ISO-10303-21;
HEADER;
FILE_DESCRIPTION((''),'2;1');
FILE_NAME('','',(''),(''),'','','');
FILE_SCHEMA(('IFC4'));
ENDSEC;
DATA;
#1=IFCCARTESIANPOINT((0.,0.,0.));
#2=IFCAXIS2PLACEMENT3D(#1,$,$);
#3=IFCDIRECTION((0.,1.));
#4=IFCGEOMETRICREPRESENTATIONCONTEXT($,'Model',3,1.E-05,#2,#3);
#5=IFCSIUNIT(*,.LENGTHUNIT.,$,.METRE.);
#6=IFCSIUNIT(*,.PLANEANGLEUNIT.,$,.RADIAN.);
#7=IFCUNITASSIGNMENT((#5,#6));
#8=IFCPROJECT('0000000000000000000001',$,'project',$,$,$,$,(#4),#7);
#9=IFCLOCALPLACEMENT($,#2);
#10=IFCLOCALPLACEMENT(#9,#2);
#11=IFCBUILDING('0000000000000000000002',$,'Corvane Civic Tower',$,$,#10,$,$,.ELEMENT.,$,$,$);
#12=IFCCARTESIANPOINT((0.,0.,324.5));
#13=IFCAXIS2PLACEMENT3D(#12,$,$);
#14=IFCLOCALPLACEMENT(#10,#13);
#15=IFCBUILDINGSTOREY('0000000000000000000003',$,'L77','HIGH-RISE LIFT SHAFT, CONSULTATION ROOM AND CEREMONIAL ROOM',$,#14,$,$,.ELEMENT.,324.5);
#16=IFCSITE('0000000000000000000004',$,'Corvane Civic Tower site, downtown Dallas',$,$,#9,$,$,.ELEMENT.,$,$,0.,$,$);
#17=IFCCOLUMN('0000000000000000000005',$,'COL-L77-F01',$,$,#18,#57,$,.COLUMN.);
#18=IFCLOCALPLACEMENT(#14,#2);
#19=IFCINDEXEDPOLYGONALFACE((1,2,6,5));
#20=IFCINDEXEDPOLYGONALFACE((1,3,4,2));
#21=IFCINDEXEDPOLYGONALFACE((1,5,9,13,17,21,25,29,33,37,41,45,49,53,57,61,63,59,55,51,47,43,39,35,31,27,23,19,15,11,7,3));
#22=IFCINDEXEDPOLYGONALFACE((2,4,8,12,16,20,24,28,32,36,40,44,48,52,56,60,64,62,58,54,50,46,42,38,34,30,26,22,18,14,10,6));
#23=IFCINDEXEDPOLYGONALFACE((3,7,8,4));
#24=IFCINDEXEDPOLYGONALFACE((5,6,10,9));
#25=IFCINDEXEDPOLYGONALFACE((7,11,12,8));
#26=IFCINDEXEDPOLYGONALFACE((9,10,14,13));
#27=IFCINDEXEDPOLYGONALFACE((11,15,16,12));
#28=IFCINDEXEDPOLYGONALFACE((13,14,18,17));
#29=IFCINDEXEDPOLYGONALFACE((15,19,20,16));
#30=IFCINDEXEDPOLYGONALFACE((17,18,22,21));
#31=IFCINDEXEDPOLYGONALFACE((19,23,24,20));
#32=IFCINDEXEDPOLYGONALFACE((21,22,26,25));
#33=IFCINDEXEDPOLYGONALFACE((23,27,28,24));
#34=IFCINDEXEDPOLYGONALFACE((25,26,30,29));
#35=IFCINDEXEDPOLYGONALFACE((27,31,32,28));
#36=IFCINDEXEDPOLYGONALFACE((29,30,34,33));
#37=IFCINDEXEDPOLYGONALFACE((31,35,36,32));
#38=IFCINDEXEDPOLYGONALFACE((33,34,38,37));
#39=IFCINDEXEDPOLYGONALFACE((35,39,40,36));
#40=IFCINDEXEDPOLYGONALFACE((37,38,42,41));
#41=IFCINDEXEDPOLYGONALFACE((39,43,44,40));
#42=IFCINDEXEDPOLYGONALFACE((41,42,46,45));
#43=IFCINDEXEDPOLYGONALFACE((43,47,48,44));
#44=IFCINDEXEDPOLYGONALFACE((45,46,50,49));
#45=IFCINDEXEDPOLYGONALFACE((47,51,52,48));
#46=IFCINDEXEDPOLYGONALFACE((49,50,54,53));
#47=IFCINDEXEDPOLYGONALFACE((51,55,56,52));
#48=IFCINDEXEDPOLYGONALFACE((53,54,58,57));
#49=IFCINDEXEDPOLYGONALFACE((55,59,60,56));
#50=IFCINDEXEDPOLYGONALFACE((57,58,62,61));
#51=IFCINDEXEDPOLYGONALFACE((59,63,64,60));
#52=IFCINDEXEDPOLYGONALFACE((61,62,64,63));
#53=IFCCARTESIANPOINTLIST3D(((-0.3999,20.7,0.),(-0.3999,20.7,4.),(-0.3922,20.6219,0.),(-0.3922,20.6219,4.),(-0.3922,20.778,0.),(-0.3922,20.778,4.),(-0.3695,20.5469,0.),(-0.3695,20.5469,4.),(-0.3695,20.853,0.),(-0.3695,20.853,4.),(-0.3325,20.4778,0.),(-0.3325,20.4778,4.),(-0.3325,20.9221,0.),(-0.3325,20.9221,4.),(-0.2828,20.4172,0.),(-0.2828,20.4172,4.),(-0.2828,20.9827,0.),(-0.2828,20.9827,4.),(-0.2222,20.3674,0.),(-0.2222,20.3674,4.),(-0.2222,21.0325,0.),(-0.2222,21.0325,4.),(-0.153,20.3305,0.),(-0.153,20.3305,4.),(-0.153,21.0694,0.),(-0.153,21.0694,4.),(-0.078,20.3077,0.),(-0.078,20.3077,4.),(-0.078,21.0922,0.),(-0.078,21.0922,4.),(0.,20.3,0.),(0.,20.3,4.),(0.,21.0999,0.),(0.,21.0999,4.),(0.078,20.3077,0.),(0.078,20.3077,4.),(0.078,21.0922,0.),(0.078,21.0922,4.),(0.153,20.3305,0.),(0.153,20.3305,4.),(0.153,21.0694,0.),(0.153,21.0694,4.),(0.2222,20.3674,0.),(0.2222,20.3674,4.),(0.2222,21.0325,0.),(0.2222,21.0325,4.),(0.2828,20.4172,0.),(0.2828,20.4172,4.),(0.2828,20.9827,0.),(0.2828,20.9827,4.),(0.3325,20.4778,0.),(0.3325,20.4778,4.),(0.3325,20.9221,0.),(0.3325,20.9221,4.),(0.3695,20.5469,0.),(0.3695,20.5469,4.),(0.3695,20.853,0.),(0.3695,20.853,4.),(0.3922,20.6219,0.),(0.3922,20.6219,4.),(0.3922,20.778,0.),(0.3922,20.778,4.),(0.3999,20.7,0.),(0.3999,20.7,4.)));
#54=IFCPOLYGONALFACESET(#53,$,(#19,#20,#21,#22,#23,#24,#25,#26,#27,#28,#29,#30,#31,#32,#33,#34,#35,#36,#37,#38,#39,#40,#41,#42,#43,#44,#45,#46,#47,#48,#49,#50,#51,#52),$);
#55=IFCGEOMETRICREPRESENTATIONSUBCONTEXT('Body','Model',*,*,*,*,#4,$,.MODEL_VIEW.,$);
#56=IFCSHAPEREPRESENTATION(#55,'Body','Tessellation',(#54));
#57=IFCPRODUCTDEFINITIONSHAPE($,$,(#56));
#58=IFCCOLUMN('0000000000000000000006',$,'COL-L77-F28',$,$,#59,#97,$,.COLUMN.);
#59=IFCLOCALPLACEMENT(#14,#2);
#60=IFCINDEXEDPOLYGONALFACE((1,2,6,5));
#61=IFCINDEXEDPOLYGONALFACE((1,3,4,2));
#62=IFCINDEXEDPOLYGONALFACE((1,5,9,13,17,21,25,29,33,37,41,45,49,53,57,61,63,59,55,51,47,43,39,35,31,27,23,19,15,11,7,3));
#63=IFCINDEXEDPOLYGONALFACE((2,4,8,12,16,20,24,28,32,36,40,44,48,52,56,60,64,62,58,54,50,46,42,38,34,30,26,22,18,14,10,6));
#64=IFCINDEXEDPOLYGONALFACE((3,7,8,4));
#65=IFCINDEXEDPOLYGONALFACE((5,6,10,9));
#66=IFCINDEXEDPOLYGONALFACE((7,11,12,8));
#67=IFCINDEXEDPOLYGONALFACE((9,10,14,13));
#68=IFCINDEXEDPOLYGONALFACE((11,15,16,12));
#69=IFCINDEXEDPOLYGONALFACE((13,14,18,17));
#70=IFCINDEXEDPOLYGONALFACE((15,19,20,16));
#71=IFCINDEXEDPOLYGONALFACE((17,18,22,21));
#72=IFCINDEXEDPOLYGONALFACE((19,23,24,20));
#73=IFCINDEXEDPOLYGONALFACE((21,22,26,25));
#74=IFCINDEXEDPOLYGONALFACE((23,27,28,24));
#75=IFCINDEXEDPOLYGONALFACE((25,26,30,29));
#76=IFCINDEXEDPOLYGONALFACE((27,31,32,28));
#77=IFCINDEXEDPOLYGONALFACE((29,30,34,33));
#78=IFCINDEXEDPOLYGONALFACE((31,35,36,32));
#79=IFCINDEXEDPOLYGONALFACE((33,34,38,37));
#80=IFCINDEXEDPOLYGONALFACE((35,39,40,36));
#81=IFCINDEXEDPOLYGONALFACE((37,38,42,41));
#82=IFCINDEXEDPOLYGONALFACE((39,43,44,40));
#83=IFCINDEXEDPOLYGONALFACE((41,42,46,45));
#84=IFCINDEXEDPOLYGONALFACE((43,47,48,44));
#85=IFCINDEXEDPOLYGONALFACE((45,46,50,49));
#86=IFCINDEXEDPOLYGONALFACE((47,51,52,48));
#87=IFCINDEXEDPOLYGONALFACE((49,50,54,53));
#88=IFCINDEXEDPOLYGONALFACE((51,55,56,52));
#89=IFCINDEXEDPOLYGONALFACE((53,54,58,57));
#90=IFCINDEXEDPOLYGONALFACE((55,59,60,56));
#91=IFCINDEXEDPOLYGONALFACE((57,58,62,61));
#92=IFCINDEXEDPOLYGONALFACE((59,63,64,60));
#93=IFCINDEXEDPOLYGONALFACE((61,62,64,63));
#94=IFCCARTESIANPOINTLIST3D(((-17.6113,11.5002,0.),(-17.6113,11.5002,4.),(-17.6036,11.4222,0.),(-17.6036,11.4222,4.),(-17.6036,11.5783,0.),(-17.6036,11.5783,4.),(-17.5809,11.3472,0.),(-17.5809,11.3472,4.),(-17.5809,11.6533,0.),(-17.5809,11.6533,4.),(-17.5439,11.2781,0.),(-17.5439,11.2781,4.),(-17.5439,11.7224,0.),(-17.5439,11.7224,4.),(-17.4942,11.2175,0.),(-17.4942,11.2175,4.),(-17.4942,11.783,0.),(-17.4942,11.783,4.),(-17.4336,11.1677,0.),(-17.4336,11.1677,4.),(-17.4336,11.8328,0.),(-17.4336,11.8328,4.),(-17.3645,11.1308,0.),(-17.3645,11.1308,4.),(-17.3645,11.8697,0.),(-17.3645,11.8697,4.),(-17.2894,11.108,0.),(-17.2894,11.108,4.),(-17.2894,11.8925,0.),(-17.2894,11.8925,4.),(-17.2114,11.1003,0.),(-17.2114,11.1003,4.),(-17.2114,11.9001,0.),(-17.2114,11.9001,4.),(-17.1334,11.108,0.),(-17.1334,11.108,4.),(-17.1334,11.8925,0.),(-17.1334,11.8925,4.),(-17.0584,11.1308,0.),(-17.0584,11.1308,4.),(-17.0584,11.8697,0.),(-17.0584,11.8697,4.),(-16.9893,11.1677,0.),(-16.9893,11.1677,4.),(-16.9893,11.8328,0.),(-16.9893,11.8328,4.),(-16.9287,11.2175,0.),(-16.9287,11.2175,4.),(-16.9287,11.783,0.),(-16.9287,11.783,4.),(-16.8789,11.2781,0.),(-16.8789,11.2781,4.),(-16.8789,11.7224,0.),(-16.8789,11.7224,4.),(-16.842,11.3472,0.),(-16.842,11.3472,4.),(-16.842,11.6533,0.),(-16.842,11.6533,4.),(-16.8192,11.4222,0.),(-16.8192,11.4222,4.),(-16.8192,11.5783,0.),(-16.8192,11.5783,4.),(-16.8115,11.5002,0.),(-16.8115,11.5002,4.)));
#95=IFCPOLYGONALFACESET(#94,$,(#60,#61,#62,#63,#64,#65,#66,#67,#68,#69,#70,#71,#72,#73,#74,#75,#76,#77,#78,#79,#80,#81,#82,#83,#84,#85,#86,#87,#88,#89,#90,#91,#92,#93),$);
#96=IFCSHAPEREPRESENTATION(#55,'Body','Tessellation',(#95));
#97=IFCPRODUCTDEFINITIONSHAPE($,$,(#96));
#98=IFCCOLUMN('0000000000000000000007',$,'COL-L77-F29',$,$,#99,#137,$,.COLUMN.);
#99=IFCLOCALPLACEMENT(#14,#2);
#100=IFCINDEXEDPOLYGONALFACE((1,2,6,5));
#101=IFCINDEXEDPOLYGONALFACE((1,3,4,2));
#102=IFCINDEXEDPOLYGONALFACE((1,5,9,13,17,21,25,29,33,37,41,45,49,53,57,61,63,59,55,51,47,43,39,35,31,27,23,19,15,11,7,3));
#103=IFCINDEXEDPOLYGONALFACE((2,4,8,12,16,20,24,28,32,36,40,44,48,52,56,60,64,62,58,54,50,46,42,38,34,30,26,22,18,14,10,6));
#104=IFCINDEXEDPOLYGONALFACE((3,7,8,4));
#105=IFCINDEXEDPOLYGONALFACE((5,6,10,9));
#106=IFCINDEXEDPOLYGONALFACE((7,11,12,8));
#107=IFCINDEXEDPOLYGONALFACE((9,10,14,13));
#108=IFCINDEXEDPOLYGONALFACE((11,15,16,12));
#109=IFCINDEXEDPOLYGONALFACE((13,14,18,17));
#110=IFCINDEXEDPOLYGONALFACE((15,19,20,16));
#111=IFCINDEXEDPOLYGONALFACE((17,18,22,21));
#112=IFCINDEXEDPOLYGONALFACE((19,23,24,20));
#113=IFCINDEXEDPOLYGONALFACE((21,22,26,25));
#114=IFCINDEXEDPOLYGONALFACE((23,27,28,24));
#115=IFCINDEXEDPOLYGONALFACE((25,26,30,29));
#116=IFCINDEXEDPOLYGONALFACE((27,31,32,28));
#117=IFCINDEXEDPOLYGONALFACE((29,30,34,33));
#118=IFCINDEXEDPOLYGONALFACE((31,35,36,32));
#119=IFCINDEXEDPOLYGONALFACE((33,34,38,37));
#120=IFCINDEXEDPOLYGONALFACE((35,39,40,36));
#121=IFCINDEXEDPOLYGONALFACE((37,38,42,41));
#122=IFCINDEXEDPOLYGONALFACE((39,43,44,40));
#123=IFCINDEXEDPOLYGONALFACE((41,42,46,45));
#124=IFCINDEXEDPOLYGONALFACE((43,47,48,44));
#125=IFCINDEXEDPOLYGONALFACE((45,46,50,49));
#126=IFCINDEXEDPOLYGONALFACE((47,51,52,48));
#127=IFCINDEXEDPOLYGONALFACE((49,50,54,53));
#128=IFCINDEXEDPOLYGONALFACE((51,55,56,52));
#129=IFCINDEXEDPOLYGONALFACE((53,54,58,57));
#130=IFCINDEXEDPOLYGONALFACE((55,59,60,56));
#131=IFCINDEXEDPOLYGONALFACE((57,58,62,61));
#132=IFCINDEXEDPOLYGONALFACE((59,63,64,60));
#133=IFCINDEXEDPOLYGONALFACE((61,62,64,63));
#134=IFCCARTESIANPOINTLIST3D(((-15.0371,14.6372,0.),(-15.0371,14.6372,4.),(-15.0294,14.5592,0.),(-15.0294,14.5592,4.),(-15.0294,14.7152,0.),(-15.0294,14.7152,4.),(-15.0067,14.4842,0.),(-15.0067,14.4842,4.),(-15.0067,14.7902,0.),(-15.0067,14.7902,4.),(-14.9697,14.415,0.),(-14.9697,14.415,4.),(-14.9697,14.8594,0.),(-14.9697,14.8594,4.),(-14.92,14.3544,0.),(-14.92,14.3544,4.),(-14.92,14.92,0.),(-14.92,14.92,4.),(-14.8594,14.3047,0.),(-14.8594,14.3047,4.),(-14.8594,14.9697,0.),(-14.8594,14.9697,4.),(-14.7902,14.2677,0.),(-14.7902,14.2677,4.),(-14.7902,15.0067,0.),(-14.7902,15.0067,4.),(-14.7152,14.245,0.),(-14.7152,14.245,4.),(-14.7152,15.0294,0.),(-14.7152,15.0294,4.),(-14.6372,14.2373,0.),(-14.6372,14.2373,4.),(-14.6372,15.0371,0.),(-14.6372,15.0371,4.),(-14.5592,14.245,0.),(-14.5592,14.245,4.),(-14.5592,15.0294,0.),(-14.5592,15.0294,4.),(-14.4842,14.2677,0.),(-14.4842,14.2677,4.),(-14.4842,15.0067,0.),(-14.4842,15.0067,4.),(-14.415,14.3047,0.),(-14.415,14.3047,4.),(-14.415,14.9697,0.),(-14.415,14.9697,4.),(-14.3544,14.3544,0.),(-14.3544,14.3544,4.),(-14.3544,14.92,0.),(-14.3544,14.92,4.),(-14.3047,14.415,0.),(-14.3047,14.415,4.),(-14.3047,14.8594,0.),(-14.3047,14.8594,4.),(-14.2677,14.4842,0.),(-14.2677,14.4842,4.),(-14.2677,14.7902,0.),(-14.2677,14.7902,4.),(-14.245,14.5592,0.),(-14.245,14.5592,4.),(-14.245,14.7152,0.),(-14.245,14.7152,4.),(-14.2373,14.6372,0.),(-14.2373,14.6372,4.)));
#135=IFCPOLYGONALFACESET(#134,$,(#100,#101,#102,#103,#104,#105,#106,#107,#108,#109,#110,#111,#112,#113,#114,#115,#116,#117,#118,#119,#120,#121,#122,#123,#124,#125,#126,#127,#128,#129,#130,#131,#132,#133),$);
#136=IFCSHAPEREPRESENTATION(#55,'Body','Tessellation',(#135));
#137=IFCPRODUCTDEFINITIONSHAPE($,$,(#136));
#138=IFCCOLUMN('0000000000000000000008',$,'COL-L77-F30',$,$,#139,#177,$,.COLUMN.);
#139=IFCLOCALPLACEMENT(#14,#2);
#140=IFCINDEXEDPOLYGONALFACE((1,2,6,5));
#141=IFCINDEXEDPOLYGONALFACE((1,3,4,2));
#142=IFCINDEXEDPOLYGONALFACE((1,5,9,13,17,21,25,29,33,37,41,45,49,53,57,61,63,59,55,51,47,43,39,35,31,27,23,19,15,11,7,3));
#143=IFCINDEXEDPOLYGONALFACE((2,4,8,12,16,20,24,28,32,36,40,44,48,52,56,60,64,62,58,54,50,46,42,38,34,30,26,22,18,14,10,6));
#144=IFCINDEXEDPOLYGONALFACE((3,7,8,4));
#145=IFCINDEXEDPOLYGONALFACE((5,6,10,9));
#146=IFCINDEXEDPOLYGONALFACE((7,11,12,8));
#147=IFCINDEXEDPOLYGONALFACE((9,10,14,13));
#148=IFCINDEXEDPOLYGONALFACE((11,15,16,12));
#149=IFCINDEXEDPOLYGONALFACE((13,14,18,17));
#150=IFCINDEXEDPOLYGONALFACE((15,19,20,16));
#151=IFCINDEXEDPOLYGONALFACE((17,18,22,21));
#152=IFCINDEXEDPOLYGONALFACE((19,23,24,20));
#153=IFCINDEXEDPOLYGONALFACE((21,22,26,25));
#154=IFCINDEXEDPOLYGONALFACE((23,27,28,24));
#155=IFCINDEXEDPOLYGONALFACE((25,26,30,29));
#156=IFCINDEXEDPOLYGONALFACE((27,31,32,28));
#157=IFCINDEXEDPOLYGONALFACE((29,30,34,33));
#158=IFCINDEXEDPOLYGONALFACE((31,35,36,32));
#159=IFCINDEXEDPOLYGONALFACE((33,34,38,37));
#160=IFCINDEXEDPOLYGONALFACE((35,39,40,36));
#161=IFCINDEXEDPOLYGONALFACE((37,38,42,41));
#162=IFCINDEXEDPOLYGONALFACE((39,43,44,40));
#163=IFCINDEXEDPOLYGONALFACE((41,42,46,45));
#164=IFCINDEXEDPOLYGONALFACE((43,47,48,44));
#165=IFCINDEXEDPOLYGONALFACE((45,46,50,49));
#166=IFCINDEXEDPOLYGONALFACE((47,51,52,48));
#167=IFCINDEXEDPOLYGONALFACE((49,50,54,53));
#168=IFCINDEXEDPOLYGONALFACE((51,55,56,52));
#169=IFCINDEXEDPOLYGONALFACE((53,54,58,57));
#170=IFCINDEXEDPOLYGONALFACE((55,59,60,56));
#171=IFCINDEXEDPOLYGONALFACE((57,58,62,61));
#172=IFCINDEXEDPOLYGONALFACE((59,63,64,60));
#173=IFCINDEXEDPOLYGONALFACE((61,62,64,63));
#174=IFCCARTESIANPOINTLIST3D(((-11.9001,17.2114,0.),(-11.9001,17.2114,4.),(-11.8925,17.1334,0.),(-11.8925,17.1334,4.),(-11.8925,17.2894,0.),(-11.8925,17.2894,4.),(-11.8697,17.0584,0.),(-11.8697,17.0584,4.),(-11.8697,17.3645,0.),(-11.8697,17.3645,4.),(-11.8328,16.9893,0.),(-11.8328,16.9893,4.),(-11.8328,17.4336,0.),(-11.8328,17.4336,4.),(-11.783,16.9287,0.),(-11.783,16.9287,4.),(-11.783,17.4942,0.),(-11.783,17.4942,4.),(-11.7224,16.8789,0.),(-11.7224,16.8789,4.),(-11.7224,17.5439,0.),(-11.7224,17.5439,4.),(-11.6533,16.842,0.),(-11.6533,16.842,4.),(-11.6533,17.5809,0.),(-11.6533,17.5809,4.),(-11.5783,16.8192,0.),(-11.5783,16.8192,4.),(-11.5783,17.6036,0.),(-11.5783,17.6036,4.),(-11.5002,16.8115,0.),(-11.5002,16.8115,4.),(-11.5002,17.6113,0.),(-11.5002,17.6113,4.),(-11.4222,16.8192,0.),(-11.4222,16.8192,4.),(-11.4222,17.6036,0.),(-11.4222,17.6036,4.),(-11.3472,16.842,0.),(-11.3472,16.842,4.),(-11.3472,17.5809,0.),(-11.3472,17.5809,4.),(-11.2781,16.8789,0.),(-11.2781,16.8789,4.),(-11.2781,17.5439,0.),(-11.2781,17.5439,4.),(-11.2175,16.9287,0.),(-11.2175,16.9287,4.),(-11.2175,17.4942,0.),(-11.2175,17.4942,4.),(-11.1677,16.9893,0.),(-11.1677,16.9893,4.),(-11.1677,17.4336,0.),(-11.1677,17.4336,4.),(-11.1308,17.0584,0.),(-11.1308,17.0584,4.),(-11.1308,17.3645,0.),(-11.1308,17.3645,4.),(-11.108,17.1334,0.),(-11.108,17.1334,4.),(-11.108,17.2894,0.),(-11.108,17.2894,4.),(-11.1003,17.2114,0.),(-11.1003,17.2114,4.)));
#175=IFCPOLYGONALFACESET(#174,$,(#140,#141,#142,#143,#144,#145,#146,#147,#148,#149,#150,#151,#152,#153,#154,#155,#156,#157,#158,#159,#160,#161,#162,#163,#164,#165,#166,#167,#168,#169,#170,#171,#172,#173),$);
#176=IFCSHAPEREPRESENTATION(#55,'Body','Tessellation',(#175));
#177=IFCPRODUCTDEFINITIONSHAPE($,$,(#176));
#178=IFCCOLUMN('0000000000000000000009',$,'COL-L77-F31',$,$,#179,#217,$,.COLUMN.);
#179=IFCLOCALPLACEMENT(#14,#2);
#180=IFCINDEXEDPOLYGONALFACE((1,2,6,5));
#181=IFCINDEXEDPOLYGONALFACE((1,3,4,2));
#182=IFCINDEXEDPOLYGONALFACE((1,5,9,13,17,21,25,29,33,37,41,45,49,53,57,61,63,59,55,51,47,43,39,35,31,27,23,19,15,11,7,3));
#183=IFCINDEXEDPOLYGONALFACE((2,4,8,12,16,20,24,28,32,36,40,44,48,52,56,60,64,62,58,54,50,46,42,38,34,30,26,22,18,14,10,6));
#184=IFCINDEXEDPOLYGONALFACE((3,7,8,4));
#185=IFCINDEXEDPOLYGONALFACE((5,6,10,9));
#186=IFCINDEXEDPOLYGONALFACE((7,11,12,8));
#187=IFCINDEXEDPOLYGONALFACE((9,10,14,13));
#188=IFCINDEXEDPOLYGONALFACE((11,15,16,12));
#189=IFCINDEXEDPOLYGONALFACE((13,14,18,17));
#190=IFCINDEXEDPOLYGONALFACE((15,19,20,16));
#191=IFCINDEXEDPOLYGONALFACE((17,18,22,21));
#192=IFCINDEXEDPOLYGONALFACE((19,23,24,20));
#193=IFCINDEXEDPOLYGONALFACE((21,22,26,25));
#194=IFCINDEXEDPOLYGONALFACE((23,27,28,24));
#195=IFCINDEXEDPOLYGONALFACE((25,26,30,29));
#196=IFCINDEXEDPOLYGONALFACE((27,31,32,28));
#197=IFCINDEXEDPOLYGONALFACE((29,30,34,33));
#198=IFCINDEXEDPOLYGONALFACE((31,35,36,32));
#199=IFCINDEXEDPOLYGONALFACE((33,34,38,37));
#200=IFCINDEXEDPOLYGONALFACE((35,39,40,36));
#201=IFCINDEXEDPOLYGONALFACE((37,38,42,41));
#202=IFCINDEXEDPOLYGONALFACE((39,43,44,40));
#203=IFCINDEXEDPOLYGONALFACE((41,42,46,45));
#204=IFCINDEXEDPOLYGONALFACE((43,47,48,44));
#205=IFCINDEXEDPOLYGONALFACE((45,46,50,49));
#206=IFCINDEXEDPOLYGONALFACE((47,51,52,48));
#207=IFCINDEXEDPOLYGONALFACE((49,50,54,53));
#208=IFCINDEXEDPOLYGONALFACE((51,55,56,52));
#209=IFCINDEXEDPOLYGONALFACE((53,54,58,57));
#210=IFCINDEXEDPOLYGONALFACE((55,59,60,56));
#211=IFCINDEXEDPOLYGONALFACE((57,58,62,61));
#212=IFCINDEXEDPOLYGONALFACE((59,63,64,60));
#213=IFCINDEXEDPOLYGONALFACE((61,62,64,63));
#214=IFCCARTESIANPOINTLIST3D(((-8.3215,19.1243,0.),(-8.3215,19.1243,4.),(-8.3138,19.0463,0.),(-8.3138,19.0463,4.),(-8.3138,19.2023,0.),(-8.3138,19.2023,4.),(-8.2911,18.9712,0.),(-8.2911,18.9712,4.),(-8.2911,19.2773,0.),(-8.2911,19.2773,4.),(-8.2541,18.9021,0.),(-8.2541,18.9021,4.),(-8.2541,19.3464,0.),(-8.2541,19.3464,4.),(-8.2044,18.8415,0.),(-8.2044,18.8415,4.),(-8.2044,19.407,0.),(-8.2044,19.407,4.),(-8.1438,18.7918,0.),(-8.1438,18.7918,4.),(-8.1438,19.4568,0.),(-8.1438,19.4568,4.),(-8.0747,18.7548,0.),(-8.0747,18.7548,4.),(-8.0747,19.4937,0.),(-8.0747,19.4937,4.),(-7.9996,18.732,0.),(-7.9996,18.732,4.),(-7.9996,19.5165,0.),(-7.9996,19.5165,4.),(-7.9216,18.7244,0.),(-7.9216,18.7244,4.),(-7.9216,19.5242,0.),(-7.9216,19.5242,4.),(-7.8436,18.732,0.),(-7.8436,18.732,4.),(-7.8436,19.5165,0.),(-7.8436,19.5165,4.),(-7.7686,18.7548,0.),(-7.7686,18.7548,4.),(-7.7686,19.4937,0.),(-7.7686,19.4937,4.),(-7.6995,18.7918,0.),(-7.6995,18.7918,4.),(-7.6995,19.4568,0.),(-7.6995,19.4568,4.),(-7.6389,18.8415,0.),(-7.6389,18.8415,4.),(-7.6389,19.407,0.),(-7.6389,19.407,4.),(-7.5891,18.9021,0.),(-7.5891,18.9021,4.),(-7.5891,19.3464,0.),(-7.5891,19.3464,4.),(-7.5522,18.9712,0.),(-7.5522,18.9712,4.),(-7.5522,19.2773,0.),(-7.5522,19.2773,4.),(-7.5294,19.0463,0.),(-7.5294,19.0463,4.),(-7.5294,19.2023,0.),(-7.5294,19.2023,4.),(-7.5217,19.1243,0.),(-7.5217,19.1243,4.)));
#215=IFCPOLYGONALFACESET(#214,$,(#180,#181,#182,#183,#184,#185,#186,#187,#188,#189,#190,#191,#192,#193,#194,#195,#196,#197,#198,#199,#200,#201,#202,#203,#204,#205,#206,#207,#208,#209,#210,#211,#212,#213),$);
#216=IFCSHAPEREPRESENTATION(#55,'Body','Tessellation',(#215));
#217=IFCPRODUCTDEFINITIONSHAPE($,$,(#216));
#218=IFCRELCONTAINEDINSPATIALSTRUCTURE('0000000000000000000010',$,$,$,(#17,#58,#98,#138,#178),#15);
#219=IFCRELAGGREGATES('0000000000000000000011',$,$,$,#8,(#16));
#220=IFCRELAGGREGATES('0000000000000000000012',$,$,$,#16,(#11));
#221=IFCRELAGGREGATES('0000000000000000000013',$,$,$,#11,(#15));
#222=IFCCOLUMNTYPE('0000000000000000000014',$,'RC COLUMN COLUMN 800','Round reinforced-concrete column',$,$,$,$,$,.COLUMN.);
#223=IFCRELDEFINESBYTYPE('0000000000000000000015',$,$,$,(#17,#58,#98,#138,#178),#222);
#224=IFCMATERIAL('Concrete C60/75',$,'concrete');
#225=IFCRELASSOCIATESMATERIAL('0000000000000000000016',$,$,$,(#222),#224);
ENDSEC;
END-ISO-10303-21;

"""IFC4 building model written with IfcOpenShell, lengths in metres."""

from ifc_helpers import new_model, si_unit, direction, frame, origin, origin_2d, place, context, subcontext, project, spatial, circle, extrude, material, material_profile, profile_set, type_object, element, save


model = new_model("IFC4")

# Units and contexts
model_context = context("Model", 3, precision=1e-05, world=origin(), true_north=direction((0.0, 1.0)))
body_context = subcontext(model_context, "Body", "Model", "MODEL_VIEW")
ifc_project = project(units=[si_unit("LENGTHUNIT", "METRE"), si_unit("PLANEANGLEUNIT", "RADIAN")], contexts=[model_context])

# Site, building, storey
site_placement = place(None, origin())
site = spatial("IfcSite", under=ifc_project, at=site_placement, Name="Corvane Civic Tower site, downtown Dallas", CompositionType="ELEMENT", RefElevation=0.0)
building_placement = place(site_placement, origin())
building = spatial("IfcBuilding", under=site, at=building_placement, Name="Corvane Civic Tower", CompositionType="ELEMENT")
storey_placement = place(building_placement, frame((0.0, 0.0, 324.5)))
storey = spatial("IfcBuildingStorey", under=building, at=storey_placement, Name="L77", Description="HIGH-RISE LIFT SHAFT, CONSULTATION ROOM AND CEREMONIAL ROOM", CompositionType="ELEMENT", Elevation=324.5)

# Columns
ifc_material_1 = material(Name="Concrete C60/75", Category="concrete")
ifc_material_profile_1 = material_profile(ifc_material_1, circle(Radius=0.3999, at=origin_2d()), Name="COLUMN 800")
ifc_profile_set_1 = profile_set([ifc_material_profile_1], Name="Concrete C60/75")
column_type = type_object("IfcColumnType", Name="RC COLUMN COLUMN 800", Description="Round reinforced-concrete column", PredefinedType="COLUMN", material=ifc_profile_set_1)
for number, where, z_axis, x_axis, name in (
    (1, (0.0, 20.7, 0.0), (0.0, 0.0, 1.0), (1.0, 0.0, 0.0), "COL-L77-F01"),
    (2, (-17.2114, 11.5002, 0.0), (0.0, 0.0, 1.0), (1.0, 0.0, 0.0), "COL-L77-F28"),
    (3, (-14.6372, 14.6372, 0.0), (0.0, 0.0, 1.0), (1.0, 0.0, 0.0), "COL-L77-F29"),
    (4, (-11.5002, 17.2114, 0.0), (0.0, 0.0, 1.0), (1.0, 0.0, 0.0), "COL-L77-F30"),
    (5, (-7.9216, 19.1243, 0.0), (0.0, 0.0, 1.0), (1.0, 0.0, 0.0), "COL-L77-F31"),
):
    element("IfcColumn", number, at=place(storey_placement, frame(where, z_axis=z_axis, x_axis=x_axis)), inside=storey, type_object=column_type, Name=name, PredefinedType="COLUMN", context=body_context, shape_type="SweptSolid", body=[
        extrude(circle(Radius=0.3999, at=origin_2d()), origin(), (0.0, 0.0, 1.0), 4.0),
    ])

save(model, "model.ifc")
